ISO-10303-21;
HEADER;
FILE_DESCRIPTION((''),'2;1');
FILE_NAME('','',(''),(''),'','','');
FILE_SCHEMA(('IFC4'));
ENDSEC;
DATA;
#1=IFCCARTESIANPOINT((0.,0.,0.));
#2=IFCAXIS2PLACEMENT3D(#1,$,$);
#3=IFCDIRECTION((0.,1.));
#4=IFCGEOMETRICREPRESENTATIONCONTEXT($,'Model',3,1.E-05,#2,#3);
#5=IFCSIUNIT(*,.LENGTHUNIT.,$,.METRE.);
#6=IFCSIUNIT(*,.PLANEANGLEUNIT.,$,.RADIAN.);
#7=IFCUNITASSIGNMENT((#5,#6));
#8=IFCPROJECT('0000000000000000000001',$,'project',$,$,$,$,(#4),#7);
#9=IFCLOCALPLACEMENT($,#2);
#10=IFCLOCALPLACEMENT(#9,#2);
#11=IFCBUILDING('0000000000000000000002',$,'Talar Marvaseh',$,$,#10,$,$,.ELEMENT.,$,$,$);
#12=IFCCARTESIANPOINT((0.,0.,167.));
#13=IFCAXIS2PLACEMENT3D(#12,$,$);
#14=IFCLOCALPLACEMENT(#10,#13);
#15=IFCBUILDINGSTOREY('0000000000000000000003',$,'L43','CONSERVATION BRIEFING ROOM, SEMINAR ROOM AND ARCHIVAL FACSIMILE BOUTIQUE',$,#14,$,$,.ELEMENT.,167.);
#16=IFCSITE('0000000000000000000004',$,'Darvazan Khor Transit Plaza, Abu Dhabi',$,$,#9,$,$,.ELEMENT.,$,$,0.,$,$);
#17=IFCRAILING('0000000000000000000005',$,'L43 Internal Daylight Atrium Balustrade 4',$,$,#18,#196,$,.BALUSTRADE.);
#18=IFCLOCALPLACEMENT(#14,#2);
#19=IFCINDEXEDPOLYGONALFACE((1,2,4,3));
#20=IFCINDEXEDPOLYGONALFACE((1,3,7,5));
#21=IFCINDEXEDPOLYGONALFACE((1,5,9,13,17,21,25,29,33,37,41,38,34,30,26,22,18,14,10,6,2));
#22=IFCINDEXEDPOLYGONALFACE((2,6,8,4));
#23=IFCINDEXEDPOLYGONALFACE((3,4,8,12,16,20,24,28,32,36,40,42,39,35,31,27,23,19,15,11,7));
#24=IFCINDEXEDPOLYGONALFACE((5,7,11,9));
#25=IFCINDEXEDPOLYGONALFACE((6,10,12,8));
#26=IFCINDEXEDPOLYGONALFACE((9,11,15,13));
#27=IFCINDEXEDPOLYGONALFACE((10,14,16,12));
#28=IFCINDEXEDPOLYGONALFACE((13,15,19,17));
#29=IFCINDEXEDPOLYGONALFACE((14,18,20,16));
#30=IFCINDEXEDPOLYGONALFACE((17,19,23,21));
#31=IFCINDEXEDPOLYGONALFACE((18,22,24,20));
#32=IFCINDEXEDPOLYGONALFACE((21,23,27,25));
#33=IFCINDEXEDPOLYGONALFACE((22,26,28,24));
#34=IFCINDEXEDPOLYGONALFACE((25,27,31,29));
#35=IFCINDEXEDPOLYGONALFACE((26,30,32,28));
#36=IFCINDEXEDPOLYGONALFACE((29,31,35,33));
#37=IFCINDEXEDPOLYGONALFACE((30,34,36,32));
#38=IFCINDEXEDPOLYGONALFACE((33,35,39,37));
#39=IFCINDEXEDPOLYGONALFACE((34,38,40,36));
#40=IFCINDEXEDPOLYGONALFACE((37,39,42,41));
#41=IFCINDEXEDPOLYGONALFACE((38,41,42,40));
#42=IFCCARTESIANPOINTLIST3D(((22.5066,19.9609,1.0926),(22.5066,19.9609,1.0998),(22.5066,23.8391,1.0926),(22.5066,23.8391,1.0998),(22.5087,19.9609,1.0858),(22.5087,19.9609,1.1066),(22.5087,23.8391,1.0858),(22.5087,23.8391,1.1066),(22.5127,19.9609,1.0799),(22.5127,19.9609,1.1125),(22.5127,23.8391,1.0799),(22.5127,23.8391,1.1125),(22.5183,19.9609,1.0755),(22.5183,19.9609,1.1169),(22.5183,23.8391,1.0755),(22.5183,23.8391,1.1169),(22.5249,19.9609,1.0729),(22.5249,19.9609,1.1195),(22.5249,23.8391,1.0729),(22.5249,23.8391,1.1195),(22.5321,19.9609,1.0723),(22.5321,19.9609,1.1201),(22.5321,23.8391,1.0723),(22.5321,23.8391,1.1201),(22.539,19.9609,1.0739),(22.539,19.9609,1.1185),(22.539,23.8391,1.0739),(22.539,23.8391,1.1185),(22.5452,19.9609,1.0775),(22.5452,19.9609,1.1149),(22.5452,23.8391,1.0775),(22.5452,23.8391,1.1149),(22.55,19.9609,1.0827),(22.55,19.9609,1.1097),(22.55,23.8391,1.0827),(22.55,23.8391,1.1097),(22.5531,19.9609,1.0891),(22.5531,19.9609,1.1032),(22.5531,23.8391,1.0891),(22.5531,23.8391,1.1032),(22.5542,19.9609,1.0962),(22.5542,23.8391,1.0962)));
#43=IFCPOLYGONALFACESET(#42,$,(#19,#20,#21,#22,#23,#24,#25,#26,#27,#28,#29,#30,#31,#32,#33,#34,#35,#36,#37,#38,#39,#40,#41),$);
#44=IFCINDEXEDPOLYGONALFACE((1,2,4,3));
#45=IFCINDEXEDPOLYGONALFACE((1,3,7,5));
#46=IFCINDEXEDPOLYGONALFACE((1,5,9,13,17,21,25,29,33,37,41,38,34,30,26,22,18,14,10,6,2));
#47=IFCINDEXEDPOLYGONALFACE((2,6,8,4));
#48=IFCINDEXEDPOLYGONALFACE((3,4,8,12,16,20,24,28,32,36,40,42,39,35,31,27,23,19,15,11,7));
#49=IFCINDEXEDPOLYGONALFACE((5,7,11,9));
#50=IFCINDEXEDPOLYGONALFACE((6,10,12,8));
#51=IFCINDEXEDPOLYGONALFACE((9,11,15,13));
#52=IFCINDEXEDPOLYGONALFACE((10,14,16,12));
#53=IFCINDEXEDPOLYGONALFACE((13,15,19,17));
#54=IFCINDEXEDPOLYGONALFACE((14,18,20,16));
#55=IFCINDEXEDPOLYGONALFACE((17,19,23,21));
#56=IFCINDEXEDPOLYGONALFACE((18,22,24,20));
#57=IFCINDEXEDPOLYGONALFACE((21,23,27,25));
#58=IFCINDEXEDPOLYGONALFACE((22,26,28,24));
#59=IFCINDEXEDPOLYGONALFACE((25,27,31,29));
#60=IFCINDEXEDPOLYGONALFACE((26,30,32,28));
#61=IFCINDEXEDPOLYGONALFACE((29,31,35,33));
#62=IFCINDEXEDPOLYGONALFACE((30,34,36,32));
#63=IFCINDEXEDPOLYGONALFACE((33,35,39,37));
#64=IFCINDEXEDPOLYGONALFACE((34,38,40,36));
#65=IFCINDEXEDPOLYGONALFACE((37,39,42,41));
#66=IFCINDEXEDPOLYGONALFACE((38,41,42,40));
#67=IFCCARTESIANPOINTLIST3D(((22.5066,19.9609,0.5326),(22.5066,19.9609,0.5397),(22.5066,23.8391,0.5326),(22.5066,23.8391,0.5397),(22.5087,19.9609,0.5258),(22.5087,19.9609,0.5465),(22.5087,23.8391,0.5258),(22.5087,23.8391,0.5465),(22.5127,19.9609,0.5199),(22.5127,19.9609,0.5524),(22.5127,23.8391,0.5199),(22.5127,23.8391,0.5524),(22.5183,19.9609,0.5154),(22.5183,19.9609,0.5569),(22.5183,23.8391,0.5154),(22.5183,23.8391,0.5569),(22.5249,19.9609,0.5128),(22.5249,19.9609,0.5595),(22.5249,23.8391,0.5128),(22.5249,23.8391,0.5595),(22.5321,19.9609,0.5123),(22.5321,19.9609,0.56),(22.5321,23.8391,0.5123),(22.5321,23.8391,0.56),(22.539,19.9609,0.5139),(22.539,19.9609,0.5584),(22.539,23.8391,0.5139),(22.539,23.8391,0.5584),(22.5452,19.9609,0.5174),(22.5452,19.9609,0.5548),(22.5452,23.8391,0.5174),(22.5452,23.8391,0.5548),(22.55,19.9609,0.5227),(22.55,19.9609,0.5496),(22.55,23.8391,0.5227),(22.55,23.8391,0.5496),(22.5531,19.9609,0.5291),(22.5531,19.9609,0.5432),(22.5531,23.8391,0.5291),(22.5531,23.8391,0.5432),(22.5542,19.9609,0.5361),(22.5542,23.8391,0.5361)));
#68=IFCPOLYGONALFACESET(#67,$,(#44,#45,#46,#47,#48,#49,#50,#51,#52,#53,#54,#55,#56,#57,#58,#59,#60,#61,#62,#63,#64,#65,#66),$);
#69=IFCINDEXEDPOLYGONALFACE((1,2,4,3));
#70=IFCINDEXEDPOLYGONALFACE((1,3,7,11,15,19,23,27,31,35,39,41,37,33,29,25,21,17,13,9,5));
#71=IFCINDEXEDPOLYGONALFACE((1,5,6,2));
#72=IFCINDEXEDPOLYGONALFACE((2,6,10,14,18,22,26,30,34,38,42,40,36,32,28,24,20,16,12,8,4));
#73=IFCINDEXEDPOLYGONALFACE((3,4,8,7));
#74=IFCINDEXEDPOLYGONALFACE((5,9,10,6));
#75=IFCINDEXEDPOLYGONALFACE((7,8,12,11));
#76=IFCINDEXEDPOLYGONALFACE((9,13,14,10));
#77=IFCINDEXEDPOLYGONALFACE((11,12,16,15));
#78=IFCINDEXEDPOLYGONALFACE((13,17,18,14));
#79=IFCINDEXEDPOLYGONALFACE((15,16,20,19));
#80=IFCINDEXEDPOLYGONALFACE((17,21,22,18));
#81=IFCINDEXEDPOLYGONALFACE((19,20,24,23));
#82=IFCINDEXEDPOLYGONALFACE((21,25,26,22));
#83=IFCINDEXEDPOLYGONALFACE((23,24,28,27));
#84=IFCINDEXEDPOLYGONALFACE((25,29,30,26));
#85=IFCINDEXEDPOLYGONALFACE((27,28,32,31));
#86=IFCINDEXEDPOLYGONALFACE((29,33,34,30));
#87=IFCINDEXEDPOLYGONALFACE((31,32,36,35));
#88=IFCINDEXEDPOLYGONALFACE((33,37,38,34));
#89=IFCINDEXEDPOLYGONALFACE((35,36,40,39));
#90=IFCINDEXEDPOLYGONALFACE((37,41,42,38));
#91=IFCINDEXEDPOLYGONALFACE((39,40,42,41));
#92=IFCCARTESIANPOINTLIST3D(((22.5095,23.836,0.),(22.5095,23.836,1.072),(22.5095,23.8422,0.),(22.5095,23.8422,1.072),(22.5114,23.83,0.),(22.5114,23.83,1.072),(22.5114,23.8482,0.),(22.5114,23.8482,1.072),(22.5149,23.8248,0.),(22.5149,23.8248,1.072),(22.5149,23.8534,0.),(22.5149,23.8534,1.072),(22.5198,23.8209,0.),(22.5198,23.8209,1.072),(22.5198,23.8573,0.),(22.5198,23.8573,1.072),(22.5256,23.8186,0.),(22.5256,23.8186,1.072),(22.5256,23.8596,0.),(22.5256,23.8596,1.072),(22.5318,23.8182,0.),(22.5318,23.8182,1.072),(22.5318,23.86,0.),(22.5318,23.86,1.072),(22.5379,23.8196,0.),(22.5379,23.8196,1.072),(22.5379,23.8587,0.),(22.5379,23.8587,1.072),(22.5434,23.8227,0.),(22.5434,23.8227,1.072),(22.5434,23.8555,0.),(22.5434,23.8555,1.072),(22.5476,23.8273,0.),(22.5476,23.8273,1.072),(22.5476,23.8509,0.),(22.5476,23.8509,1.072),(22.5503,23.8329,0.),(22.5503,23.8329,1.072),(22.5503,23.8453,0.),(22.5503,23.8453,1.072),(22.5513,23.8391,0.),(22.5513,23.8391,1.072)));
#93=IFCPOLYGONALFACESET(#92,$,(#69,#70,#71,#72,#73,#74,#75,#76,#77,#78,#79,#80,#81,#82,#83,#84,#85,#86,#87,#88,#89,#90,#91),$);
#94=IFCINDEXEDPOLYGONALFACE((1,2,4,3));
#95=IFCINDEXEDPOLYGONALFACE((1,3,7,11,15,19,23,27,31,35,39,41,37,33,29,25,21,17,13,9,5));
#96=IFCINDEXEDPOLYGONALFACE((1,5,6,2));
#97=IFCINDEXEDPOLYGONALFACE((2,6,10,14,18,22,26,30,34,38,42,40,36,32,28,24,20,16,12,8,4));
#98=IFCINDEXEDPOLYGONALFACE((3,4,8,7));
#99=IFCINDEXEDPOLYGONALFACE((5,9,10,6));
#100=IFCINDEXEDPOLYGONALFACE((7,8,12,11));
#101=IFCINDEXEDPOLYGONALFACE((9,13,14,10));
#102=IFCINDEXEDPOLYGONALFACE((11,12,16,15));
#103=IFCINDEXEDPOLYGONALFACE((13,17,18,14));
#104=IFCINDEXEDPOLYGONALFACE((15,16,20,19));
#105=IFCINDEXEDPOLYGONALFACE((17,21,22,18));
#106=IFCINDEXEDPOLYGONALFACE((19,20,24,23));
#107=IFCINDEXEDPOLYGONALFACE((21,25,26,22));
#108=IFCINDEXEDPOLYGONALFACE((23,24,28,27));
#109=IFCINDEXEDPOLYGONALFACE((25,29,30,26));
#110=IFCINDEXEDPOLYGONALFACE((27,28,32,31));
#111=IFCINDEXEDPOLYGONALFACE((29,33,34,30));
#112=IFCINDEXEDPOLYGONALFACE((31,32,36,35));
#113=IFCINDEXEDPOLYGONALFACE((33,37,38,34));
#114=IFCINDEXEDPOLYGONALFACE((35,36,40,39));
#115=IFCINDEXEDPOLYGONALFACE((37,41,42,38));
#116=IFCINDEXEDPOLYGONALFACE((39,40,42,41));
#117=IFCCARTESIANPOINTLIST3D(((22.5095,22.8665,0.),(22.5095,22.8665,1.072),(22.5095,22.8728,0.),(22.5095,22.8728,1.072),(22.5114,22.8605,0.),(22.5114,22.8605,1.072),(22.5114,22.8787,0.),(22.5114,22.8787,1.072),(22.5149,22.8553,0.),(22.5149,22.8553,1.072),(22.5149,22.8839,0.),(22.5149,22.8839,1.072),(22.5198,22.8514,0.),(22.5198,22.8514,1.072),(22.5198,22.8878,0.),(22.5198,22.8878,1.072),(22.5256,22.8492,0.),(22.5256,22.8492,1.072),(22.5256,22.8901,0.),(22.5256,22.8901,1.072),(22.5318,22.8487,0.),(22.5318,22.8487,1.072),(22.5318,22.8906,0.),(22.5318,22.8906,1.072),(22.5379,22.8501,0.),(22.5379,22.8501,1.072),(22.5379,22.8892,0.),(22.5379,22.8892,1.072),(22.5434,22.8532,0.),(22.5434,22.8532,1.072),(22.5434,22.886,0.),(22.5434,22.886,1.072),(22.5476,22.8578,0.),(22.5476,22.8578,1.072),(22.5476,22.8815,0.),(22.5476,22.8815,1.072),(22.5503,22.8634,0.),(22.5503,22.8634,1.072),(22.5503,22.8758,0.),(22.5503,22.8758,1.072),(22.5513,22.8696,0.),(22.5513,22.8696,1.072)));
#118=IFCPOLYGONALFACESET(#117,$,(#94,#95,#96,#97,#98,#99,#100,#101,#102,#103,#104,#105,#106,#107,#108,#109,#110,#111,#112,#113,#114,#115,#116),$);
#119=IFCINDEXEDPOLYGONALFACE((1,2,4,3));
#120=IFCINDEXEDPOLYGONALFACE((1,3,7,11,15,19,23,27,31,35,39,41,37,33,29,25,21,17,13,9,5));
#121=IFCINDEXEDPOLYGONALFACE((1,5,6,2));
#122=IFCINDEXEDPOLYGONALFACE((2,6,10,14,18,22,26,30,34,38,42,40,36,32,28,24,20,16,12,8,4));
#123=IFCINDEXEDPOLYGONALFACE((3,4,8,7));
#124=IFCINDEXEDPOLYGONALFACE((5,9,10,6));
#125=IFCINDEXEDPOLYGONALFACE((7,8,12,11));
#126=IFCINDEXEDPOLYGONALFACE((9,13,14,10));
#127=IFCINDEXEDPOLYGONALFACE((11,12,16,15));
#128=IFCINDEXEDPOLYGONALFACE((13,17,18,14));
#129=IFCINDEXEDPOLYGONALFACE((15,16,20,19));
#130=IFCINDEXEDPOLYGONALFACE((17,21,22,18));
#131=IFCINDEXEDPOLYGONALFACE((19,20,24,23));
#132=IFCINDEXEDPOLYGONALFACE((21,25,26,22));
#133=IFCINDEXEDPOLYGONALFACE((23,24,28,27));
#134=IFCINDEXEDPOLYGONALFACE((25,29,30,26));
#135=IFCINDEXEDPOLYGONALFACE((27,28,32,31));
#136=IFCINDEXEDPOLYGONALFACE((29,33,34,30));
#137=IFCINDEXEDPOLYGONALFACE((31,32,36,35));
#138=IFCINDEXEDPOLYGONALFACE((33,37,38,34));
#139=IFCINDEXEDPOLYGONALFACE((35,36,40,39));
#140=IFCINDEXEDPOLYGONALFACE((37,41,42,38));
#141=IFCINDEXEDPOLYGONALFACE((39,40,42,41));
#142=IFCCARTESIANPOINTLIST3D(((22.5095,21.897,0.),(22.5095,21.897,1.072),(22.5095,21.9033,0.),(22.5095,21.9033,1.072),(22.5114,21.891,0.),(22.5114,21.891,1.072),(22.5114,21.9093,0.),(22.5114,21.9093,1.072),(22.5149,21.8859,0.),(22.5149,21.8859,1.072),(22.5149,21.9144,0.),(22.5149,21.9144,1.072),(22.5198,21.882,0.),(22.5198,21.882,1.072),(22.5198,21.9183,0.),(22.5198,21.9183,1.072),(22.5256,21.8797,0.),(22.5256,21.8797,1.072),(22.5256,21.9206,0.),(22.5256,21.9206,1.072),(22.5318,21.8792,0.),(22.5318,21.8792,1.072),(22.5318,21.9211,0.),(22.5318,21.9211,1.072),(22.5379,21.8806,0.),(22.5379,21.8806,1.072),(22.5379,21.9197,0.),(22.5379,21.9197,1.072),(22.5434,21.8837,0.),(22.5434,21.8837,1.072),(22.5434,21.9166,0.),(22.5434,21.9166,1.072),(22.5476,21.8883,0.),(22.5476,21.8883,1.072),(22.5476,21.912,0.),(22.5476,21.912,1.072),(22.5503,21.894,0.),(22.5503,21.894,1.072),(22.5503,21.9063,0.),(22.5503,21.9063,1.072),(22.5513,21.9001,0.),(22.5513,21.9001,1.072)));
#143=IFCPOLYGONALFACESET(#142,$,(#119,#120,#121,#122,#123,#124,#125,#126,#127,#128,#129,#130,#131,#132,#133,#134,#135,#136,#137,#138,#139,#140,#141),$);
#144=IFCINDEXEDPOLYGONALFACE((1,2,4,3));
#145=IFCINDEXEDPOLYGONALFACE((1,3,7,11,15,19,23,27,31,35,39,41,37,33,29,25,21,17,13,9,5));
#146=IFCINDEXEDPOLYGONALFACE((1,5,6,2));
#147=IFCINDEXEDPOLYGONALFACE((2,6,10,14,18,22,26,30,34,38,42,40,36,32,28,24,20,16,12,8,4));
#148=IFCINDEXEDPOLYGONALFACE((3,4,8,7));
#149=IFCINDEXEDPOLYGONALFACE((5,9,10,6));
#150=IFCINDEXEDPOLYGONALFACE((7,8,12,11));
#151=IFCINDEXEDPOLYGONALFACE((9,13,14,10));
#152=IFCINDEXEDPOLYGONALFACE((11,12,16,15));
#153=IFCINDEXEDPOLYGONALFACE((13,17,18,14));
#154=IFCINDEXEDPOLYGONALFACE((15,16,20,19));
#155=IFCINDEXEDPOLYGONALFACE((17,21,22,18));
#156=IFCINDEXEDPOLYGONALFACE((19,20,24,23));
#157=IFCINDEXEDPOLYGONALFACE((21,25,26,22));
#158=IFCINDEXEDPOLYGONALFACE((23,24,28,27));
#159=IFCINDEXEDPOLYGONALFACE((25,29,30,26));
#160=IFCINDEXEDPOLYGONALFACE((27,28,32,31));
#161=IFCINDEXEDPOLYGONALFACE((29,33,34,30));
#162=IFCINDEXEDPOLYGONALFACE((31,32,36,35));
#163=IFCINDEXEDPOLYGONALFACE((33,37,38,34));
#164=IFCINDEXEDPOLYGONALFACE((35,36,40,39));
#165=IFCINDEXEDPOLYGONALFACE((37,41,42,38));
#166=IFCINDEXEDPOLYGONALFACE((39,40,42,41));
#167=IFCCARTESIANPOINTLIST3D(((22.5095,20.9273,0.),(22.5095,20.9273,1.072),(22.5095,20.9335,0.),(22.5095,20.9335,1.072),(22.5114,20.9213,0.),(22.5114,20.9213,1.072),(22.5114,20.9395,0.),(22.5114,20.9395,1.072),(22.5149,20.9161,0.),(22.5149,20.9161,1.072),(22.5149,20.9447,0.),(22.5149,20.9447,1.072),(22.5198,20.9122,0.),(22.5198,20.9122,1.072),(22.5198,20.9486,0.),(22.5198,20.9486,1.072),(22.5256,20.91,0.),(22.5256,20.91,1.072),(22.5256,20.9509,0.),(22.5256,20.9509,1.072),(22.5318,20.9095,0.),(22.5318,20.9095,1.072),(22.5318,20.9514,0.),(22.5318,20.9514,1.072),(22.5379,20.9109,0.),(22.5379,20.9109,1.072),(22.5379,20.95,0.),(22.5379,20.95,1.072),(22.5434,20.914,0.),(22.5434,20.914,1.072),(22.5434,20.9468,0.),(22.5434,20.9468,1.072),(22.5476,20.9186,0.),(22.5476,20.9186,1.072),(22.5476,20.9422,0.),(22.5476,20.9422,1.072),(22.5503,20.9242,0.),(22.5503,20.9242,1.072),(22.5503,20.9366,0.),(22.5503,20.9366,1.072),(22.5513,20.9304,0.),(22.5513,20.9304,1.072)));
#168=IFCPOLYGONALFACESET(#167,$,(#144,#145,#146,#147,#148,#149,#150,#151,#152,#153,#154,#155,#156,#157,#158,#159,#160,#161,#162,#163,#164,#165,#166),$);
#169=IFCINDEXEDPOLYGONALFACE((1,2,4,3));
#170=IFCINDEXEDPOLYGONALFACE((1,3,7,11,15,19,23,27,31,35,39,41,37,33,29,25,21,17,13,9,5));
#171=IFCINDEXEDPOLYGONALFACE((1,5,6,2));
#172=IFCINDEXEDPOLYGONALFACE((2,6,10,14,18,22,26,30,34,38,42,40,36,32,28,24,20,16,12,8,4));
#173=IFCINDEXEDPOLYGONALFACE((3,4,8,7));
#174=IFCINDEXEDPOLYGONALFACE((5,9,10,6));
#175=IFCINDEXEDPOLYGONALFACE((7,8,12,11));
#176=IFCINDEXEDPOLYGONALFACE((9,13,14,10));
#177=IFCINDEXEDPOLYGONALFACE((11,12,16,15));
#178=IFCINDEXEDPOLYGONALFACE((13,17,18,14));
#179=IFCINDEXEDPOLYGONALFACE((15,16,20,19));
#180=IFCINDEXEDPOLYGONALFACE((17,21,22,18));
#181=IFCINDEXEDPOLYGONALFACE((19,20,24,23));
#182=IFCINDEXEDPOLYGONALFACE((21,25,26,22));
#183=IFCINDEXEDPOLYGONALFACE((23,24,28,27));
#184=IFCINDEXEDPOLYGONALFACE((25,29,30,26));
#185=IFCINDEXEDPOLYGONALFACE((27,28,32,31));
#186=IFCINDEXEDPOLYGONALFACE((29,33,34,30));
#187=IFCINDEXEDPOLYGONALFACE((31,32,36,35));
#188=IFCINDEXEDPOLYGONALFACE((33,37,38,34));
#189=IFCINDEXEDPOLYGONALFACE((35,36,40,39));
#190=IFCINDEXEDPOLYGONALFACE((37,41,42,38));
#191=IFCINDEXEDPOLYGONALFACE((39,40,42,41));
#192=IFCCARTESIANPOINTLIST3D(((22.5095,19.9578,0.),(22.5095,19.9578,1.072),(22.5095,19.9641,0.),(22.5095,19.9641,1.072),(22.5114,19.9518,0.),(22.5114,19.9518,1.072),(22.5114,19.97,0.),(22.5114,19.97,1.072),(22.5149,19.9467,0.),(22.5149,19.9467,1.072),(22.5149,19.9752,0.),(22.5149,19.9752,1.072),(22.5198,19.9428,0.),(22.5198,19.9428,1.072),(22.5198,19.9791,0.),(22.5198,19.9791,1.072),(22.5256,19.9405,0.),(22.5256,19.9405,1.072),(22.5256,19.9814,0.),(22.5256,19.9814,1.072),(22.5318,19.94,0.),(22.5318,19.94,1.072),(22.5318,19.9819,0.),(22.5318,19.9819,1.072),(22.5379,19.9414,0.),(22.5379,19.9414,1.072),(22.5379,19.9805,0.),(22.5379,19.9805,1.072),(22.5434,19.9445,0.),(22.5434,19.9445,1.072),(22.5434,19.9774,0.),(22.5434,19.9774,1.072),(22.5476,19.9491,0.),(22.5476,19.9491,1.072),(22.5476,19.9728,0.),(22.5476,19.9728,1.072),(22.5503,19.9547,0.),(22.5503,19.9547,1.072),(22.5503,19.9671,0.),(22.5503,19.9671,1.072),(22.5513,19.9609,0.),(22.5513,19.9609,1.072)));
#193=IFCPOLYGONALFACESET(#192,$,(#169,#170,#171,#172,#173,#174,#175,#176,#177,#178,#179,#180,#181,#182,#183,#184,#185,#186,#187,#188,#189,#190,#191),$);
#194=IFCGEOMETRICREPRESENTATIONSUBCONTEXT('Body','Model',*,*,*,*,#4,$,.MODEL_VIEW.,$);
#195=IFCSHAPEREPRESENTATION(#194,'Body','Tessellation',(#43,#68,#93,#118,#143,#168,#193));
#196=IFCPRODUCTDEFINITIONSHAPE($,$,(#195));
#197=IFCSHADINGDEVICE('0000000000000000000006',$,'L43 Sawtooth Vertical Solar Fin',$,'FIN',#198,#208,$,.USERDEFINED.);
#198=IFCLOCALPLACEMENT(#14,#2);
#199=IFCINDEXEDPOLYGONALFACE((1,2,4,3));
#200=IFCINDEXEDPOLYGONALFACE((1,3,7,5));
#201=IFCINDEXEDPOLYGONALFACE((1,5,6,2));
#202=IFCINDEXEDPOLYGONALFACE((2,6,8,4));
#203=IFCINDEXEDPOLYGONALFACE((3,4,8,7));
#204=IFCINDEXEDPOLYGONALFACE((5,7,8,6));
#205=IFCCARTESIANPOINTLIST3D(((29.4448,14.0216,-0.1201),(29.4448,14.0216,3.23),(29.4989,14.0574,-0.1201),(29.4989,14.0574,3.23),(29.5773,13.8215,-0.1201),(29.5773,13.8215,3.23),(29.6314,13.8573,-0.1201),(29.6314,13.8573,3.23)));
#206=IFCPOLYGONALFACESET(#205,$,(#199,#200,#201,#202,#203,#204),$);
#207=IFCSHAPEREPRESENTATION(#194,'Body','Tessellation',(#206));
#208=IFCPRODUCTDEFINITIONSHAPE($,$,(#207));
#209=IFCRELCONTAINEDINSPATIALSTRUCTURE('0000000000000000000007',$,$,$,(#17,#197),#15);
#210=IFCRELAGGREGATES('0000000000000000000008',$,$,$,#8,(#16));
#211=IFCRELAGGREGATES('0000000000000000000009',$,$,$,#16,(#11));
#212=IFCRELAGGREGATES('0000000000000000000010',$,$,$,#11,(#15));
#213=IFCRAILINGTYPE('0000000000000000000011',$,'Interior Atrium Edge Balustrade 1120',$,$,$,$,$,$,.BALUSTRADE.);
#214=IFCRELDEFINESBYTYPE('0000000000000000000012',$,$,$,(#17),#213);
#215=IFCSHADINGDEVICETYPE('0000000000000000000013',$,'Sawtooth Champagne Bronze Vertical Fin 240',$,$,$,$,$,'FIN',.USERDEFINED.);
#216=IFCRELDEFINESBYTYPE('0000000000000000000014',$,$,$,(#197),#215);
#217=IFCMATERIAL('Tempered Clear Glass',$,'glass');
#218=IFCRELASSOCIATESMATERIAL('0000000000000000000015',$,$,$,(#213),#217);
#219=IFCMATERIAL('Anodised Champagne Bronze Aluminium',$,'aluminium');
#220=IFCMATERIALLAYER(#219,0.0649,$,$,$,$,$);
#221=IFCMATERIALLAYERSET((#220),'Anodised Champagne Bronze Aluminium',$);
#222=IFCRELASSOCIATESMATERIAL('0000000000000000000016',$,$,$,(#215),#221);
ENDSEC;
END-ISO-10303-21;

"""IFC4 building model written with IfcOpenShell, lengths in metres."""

from ifc_helpers import new_model, si_unit, direction, frame, origin, origin_2d, place, context, subcontext, project, spatial, rectangle, circle, extrude, source, transform, mapped, material, layer, layer_set, type_object, type_shapes, element, save


model = new_model("IFC4")

# Units and contexts
model_context = context("Model", 3, precision=1e-05, world=origin(), true_north=direction((0.0, 1.0)))
body_context = subcontext(model_context, "Body", "Model", "MODEL_VIEW")
ifc_project = project(units=[si_unit("LENGTHUNIT", "METRE"), si_unit("PLANEANGLEUNIT", "RADIAN")], contexts=[model_context])

# Site, building, storey
site_placement = place(None, origin())
site = spatial("IfcSite", under=ifc_project, at=site_placement, Name="Darvazan Khor Transit Plaza, Abu Dhabi", CompositionType="ELEMENT", RefElevation=0.0)
building_placement = place(site_placement, origin())
building = spatial("IfcBuilding", under=site, at=building_placement, Name="Talar Marvaseh", CompositionType="ELEMENT")
storey_placement = place(building_placement, frame((0.0, 0.0, 167.0)))
storey = spatial("IfcBuildingStorey", under=building, at=storey_placement, Name="L43", Description="CONSERVATION BRIEFING ROOM, SEMINAR ROOM AND ARCHIVAL FACSIMILE BOUTIQUE", CompositionType="ELEMENT", Elevation=167.0)

# Railing
ifc_material_1 = material(Name="Tempered Clear Glass", Category="glass")
railing_type = type_object("IfcRailingType", Name="Interior Atrium Edge Balustrade 1120", PredefinedType="BALUSTRADE", material=ifc_material_1)
railing_1_placement = place(storey_placement, frame((22.5303, 23.8391, 0.0)))
element("IfcRailing", 1, at=railing_1_placement, inside=storey, type_object=railing_type, Name="L43 Internal Daylight Atrium Balustrade 4", PredefinedType="BALUSTRADE", context=body_context, shape_type="SweptSolid", body=[
    extrude(circle(Radius=0.0239, at=origin_2d()), frame((0.0, 0.0, 1.0962), z_axis=(0.0, -1.0, 0.0), x_axis=(1.0, 0.0, 0.0)), (0.0, 0.0, 1.0), 3.8782),
    extrude(circle(Radius=0.0239, at=origin_2d()), frame((0.0, 0.0, 0.5361), z_axis=(0.0, -1.0, 0.0), x_axis=(1.0, 0.0, 0.0)), (0.0, 0.0, 1.0), 3.8782),
    extrude(circle(Radius=0.021, at=origin_2d()), origin(), (0.0, 0.0, 1.0), 1.072),
    extrude(circle(Radius=0.021, at=origin_2d()), frame((0.0, -0.9695, 0.0)), (0.0, 0.0, 1.0), 1.072),
    extrude(circle(Radius=0.021, at=origin_2d()), frame((0.0, -1.939, 0.0)), (0.0, 0.0, 1.0), 1.072),
    extrude(circle(Radius=0.021, at=origin_2d()), frame((0.0, -2.9087, 0.0)), (0.0, 0.0, 1.0), 1.072),
    extrude(circle(Radius=0.021, at=origin_2d()), frame((0.0, -3.8782, 0.0)), (0.0, 0.0, 1.0), 1.072),
])

# Shading device
ifc_material_2 = material(Name="Anodised Champagne Bronze Aluminium", Category="aluminium")
ifc_layer_1 = layer(ifc_material_2, 0.0649)
ifc_layer_set_1 = layer_set([ifc_layer_1], Name="Anodised Champagne Bronze Aluminium")
shading_device_type = type_object("IfcShadingDeviceType", Name="Sawtooth Champagne Bronze Vertical Fin 240", ElementType="FIN", PredefinedType="USERDEFINED", material=ifc_layer_set_1)
shared_shape_1 = source(origin(), body_context, "Body", "SweptSolid", [
    extrude(rectangle(XDim=0.24, YDim=0.0649, at=origin_2d()), origin(), (0.0, 0.0, 1.0), 3.3501),
])
type_shapes(shading_device_type, [shared_shape_1])
shading_device_placement = place(storey_placement, frame((29.5381, 13.9395, -0.1201), z_axis=(0.0, 0.0, 1.0), x_axis=(0.552083, -0.833789, 0.0)))
element("IfcShadingDevice", 2, at=shading_device_placement, inside=storey, type_object=shading_device_type, Name="L43 Sawtooth Vertical Solar Fin", ObjectType="FIN", PredefinedType="USERDEFINED", context=body_context, shape_type="MappedRepresentation", body=[
    mapped(shared_shape_1, transform((0.0, 0.0, 0.0), x_axis=(1.0, 0.0, 0.0), y_axis=(0.0, 1.0, 0.0), z_axis=(0.0, 0.0, 1.0), scale=1.0)),
])

save(model, "model.ifc")
